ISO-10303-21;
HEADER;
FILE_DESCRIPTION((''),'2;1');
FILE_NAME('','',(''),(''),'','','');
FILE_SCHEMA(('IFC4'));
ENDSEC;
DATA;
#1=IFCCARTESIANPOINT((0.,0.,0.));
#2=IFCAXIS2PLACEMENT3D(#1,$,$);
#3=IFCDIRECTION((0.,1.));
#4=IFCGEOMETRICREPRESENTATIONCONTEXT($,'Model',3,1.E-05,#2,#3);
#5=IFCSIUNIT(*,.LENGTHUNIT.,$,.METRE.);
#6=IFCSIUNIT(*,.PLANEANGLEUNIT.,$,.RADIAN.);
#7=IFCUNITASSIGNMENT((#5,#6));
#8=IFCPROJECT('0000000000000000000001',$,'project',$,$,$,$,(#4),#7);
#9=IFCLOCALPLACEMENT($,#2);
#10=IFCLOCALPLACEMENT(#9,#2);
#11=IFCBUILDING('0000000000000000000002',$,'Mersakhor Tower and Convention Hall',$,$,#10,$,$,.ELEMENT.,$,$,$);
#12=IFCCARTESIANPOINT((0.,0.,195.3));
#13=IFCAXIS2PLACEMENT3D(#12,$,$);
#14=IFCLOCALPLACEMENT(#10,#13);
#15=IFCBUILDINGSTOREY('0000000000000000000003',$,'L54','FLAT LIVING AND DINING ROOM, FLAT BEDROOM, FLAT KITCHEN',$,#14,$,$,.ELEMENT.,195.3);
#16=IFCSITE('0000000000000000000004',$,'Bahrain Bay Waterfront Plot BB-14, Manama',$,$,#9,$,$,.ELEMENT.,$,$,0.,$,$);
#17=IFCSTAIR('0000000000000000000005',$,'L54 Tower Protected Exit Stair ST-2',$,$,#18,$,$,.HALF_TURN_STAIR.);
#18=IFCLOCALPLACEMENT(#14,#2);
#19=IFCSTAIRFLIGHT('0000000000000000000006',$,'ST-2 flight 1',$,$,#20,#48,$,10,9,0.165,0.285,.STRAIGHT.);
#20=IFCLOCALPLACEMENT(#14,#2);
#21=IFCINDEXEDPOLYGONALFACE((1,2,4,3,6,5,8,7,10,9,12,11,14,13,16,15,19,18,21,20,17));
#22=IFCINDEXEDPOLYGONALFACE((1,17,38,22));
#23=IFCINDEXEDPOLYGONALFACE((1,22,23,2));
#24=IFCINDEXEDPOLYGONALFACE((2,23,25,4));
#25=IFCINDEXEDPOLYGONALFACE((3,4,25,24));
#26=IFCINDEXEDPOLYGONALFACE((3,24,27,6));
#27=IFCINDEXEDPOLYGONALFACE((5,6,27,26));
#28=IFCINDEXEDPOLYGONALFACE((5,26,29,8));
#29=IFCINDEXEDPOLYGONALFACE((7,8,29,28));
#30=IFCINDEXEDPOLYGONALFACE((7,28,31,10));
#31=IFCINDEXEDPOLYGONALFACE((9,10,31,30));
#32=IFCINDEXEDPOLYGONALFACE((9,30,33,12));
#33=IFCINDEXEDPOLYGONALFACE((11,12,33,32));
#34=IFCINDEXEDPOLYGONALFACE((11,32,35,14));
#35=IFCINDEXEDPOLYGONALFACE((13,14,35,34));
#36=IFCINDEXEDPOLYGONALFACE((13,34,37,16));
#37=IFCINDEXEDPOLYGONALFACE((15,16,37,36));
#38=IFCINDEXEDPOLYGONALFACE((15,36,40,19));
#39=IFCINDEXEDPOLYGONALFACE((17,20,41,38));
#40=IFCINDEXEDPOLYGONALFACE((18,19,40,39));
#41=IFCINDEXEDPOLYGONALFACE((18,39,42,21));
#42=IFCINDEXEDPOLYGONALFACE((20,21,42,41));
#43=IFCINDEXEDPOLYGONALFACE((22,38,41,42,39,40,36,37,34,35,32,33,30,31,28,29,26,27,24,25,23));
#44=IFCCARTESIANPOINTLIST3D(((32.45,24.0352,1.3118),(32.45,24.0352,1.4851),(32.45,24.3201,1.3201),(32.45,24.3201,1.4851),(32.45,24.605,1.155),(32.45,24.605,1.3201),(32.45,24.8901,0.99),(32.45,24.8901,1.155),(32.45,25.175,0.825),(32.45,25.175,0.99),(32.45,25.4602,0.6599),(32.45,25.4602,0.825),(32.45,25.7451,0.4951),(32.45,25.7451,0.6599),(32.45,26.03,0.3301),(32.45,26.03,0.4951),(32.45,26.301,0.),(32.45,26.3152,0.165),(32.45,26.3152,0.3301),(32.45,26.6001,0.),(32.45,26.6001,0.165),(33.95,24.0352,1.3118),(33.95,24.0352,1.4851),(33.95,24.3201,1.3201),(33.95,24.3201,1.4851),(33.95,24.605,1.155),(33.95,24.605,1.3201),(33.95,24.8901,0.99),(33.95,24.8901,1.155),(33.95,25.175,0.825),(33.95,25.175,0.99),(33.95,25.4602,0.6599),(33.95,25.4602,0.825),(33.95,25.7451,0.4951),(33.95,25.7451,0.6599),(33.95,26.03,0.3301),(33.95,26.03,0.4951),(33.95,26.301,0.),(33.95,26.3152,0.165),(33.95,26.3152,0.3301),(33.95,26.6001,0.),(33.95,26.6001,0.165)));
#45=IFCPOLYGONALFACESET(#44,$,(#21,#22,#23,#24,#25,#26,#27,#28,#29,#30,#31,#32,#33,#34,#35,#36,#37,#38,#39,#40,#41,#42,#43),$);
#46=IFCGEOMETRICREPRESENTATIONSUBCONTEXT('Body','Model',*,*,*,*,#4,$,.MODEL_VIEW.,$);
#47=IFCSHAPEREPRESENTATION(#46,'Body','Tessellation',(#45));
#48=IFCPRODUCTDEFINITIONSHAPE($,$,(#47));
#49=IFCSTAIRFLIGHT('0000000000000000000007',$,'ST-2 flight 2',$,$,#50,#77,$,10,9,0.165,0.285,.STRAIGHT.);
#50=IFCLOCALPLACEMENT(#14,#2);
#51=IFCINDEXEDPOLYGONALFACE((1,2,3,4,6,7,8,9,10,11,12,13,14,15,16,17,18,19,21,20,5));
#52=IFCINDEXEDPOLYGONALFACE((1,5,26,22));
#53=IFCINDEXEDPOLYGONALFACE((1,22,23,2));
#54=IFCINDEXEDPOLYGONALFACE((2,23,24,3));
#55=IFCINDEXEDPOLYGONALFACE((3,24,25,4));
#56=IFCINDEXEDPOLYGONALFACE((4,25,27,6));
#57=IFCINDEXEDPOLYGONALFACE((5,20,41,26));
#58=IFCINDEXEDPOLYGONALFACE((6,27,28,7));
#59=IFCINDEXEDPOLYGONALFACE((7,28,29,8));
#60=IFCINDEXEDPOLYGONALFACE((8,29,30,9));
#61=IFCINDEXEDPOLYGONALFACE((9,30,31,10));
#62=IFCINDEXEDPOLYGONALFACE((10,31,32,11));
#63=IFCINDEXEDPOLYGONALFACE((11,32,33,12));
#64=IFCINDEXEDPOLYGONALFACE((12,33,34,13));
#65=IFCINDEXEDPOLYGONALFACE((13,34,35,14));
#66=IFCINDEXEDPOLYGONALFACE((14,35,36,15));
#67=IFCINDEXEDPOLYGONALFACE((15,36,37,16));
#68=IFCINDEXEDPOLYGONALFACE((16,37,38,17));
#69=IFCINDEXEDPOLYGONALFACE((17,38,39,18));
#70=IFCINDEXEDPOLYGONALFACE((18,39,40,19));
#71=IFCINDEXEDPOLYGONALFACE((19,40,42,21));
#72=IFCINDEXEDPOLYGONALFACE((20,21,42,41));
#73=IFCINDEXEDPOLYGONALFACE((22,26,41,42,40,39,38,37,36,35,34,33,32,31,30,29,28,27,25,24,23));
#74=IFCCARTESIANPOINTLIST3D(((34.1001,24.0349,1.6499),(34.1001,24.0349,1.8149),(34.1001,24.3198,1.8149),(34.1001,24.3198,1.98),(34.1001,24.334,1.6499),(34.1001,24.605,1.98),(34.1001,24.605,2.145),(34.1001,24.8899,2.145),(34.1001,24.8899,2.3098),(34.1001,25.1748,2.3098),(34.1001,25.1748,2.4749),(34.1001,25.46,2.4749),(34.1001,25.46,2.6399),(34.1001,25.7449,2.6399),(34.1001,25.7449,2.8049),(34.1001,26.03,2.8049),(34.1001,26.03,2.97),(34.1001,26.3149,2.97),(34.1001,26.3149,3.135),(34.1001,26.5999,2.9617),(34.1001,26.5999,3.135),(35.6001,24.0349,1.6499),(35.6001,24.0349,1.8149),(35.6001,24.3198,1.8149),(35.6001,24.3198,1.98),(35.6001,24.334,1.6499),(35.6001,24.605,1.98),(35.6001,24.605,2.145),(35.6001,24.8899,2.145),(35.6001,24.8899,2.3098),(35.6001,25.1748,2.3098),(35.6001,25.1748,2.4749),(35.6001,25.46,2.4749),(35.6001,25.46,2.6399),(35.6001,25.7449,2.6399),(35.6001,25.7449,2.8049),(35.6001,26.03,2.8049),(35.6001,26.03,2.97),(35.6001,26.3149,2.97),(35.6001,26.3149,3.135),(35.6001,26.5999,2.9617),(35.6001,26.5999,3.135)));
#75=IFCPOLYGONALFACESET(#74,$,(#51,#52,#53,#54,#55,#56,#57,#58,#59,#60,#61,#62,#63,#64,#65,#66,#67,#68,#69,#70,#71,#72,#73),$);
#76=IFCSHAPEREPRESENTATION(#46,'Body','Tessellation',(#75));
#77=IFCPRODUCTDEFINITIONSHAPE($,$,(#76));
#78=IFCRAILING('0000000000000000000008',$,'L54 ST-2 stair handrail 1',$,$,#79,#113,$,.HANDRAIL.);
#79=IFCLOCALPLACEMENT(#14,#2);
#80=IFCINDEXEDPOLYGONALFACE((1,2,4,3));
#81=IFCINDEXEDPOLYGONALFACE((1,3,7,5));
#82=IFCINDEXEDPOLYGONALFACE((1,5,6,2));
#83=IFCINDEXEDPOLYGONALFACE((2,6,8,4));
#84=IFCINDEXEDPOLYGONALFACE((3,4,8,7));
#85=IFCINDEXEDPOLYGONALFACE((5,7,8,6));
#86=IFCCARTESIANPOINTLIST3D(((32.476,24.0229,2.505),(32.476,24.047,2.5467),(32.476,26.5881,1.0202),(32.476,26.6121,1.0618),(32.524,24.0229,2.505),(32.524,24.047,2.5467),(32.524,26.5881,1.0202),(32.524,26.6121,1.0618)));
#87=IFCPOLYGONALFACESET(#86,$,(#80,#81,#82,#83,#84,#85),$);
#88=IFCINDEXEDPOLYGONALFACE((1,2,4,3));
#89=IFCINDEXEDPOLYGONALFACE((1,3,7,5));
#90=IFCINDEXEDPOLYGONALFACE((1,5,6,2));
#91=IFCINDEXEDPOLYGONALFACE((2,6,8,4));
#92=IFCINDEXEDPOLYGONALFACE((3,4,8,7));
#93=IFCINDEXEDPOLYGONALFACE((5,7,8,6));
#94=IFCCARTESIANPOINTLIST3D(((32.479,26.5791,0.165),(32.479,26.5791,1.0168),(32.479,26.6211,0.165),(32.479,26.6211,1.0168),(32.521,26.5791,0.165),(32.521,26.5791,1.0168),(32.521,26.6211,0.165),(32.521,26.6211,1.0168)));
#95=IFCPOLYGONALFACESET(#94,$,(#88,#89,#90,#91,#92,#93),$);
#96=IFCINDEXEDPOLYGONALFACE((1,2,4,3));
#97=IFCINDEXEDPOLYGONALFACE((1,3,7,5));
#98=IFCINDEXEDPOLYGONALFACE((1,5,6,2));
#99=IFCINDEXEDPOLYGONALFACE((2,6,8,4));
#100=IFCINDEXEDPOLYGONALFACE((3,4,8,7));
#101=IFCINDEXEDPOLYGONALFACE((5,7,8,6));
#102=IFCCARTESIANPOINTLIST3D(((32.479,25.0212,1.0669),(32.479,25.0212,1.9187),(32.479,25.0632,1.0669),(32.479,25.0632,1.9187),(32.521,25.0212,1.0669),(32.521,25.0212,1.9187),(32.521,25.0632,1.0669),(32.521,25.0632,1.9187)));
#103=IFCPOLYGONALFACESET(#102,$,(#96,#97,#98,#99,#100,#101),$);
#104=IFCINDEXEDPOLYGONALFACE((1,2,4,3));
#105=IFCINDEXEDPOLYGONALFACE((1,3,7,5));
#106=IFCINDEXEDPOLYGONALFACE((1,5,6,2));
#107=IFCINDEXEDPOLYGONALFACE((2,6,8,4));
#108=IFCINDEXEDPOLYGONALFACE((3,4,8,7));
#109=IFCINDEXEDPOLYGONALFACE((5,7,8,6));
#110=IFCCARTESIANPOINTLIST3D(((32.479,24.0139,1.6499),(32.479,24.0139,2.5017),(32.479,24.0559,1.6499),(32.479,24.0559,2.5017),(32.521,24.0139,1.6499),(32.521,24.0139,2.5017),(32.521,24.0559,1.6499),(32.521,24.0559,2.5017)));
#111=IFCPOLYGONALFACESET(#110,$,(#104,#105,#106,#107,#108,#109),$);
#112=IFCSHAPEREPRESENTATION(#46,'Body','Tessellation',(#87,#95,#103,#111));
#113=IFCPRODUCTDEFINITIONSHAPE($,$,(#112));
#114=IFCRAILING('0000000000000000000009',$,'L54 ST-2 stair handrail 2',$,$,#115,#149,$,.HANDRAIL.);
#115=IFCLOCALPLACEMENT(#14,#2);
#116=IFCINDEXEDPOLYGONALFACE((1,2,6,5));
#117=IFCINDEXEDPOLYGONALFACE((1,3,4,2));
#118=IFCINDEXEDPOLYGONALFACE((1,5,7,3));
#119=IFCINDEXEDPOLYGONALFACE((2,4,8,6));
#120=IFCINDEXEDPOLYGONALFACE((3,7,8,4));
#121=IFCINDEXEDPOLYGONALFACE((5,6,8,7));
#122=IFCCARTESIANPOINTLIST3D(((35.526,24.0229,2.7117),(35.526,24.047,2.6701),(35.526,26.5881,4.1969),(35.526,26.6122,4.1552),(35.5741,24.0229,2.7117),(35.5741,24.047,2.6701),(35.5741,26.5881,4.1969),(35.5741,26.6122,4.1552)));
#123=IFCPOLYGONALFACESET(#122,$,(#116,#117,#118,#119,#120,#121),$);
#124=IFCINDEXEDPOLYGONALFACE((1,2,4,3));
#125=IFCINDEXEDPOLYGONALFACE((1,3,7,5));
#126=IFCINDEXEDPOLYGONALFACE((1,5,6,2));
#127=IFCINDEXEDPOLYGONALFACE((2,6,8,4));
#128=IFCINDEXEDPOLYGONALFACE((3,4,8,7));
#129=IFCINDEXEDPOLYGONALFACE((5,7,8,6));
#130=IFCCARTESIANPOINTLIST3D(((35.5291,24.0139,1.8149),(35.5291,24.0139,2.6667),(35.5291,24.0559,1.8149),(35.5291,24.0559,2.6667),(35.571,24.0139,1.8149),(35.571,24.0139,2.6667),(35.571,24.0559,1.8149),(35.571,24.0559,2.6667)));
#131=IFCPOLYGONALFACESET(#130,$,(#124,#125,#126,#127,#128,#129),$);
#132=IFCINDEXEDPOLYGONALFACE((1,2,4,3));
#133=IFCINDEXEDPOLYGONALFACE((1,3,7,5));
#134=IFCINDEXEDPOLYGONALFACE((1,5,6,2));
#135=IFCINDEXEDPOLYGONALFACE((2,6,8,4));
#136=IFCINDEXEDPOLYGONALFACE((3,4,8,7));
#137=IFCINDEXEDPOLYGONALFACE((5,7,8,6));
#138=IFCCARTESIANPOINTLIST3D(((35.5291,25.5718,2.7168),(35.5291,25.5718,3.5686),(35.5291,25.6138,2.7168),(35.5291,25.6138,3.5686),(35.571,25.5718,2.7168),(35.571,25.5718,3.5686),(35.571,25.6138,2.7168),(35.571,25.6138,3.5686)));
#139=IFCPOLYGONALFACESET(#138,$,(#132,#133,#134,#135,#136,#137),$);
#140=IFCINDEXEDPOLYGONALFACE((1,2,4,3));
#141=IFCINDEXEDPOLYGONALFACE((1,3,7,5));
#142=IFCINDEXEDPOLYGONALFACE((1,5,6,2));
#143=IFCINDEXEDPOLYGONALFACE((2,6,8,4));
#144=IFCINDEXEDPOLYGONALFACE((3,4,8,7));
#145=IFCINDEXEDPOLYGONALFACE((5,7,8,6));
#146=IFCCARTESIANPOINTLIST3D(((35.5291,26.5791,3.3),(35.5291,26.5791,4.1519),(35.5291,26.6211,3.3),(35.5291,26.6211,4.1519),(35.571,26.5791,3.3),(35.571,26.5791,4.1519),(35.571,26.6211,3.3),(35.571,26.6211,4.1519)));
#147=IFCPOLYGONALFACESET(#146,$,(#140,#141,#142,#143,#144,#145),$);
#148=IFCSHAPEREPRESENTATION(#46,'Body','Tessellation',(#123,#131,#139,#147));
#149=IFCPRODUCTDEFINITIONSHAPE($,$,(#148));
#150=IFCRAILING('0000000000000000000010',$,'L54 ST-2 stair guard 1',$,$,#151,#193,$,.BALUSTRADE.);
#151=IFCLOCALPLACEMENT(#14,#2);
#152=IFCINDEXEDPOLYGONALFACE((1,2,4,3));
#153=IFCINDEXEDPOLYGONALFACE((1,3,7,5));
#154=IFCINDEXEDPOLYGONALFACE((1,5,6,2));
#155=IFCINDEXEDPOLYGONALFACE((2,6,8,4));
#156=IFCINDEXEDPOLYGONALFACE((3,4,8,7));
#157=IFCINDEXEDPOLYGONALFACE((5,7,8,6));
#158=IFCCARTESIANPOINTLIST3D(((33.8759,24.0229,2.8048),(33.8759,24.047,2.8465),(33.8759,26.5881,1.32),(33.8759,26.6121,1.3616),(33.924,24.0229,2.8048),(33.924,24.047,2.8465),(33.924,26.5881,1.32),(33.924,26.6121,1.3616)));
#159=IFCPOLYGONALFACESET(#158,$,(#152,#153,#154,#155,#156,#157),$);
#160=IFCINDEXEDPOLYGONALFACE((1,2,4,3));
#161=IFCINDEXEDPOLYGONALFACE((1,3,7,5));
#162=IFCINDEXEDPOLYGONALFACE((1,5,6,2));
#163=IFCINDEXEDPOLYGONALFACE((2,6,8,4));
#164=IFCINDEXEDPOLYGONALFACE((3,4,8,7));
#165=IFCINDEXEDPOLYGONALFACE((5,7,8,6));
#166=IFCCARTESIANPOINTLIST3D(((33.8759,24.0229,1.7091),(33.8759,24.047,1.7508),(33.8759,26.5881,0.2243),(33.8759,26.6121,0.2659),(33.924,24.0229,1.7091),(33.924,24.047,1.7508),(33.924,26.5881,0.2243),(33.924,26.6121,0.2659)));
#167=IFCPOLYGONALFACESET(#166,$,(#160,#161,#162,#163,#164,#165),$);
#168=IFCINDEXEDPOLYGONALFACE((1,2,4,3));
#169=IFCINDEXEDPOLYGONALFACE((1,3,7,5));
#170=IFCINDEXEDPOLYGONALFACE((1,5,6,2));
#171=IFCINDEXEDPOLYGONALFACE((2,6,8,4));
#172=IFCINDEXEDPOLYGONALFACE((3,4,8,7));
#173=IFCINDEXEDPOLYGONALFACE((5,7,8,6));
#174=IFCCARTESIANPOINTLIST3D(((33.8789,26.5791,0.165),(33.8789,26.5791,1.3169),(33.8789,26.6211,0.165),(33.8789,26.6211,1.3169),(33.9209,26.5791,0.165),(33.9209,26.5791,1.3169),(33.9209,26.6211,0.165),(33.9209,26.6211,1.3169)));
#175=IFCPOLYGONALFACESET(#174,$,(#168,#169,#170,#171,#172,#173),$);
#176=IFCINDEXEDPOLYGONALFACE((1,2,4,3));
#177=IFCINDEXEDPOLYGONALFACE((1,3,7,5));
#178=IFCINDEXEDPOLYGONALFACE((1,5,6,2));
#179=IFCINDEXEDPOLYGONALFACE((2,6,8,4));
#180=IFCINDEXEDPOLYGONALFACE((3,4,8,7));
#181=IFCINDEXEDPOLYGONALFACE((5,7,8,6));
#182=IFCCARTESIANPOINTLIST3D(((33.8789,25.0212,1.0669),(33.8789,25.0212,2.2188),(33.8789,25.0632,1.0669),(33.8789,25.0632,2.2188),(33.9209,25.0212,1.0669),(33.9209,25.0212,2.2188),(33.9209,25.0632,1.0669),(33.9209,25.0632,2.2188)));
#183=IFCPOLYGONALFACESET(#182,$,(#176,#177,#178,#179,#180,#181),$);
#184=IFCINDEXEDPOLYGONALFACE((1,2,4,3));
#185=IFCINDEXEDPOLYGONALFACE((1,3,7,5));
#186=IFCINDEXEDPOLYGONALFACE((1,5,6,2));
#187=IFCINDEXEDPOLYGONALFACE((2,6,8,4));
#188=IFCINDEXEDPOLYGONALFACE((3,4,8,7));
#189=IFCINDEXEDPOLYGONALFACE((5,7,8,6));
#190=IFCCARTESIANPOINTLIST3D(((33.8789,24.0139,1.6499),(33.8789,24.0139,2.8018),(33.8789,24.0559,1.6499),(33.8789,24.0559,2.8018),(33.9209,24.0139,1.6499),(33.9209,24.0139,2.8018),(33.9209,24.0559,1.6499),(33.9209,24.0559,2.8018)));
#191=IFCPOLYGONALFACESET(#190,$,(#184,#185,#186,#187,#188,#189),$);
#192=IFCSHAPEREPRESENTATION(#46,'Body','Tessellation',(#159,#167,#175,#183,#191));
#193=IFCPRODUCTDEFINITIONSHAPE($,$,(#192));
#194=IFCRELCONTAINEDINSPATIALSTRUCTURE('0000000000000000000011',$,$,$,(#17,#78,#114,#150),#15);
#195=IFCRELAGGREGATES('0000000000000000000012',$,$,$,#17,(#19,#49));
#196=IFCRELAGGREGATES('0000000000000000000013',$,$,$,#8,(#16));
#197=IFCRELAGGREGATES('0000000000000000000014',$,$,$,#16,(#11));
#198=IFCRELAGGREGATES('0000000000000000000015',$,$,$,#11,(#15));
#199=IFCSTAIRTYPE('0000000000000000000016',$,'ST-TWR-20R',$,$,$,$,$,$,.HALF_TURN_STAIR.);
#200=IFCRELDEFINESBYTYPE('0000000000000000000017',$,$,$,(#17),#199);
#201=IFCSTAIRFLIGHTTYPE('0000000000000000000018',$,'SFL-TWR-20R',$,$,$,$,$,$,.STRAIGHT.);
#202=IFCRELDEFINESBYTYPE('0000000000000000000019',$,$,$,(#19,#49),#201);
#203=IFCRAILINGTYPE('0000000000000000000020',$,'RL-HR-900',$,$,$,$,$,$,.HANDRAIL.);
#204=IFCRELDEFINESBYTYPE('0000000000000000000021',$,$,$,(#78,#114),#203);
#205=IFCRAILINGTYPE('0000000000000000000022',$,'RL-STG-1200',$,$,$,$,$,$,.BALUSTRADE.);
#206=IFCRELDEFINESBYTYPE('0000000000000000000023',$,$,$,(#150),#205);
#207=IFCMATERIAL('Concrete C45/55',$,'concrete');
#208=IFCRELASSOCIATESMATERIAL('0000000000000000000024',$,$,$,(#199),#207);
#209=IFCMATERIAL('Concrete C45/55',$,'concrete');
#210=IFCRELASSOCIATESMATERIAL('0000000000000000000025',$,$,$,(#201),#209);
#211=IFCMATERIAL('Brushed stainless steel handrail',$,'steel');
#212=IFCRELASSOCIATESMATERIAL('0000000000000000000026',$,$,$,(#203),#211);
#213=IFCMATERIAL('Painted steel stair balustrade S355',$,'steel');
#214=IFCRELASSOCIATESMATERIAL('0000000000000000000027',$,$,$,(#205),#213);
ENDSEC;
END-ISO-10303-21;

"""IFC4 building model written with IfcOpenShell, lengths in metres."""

from ifc_helpers import new_model, si_unit, direction, frame, origin, origin_2d, place, context, subcontext, project, spatial, polyline, rectangle, outline, extrude, material, type_object, element, aggregate, save


model = new_model("IFC4")

# Units and contexts
model_context = context("Model", 3, precision=1e-05, world=origin(), true_north=direction((0.0, 1.0)))
body_context = subcontext(model_context, "Body", "Model", "MODEL_VIEW")
ifc_project = project(units=[si_unit("LENGTHUNIT", "METRE"), si_unit("PLANEANGLEUNIT", "RADIAN")], contexts=[model_context])

# Site, building, storey
site_placement = place(None, origin())
site = spatial("IfcSite", under=ifc_project, at=site_placement, Name="Bahrain Bay Waterfront Plot BB-14, Manama", CompositionType="ELEMENT", RefElevation=0.0)
building_placement = place(site_placement, origin())
building = spatial("IfcBuilding", under=site, at=building_placement, Name="Mersakhor Tower and Convention Hall", CompositionType="ELEMENT")
storey_placement = place(building_placement, frame((0.0, 0.0, 195.3)))
storey = spatial("IfcBuildingStorey", under=building, at=storey_placement, Name="L54", Description="FLAT LIVING AND DINING ROOM, FLAT BEDROOM, FLAT KITCHEN", CompositionType="ELEMENT", Elevation=195.3)

# Stair, stair flights
ifc_material_1 = material(Name="Concrete C45/55", Category="concrete")
stair_type = type_object("IfcStairType", Name="ST-TWR-20R", PredefinedType="HALF_TURN_STAIR", material=ifc_material_1)
stair_placement = place(storey_placement, origin())
stair = element("IfcStair", 1, at=stair_placement, inside=storey, type_object=stair_type, Name="L54 Tower Protected Exit Stair ST-2", PredefinedType="HALF_TURN_STAIR")
ifc_material_2 = material(Name="Concrete C45/55", Category="concrete")
stair_flight_type = type_object("IfcStairFlightType", Name="SFL-TWR-20R", PredefinedType="STRAIGHT", material=ifc_material_2)
stair_flight_1_placement = place(storey_placement, frame((33.2, 26.6001, 0.0), z_axis=(0.0, 0.0, 1.0), x_axis=(0.0, -1.0, 0.0)))
stair_flight_1 = element("IfcStairFlight", 2, at=stair_flight_1_placement, type_object=stair_flight_type, Name="ST-2 flight 1", NumberOfRisers=10, NumberOfTreads=9, PredefinedType="STRAIGHT", RiserHeight=0.165, TreadLength=0.285, context=body_context, shape_type="SweptSolid", body=[
    extrude(outline(polyline([(0.0, 0.0), (0.0, 0.165), (0.2849, 0.165), (0.2849, 0.3301), (0.5701, 0.3301), (0.5701, 0.4951), (0.855, 0.4951), (0.855, 0.6599), (1.1399, 0.6599), (1.1399, 0.825), (1.425, 0.825), (1.425, 0.99), (1.71, 0.99), (1.71, 1.155), (1.9951, 1.155), (1.9951, 1.3201), (2.28, 1.3201), (2.28, 1.4851), (2.5649, 1.4851), (2.5649, 1.6499), (2.5649, 1.3118), (0.2991, 0.0), (0.0, 0.0)])), frame((0.0, 0.75, 0.0), z_axis=(0.0, -1.0, 0.0), x_axis=(1.0, 0.0, 0.0)), (0.0, 0.0, 1.0), 1.5),
])
stair_flight_2_placement = place(storey_placement, frame((34.8501, 24.0349, 1.6499), z_axis=(0.0, 0.0, 1.0), x_axis=(0.0, 1.0, 0.0)))
stair_flight_2 = element("IfcStairFlight", 3, at=stair_flight_2_placement, type_object=stair_flight_type, Name="ST-2 flight 2", NumberOfRisers=10, NumberOfTreads=9, PredefinedType="STRAIGHT", RiserHeight=0.165, TreadLength=0.285, context=body_context, shape_type="SweptSolid", body=[
    extrude(outline(polyline([(0.0, 0.0), (0.0, 0.165), (0.2849, 0.165), (0.2849, 0.3301), (0.5701, 0.3301), (0.5701, 0.4951), (0.855, 0.4951), (0.855, 0.6599), (1.1399, 0.6599), (1.1399, 0.825), (1.425, 0.825), (1.425, 0.99), (1.71, 0.99), (1.71, 1.155), (1.9951, 1.155), (1.9951, 1.3201), (2.28, 1.3201), (2.28, 1.4851), (2.5649, 1.4851), (2.5649, 1.6499), (2.5649, 1.3118), (0.2991, 0.0), (0.0, 0.0)])), frame((0.0, 0.75, 0.0), z_axis=(0.0, -1.0, 0.0), x_axis=(1.0, 0.0, 0.0)), (0.0, 0.0, 1.0), 1.5),
])
aggregate(stair, [stair_flight_1, stair_flight_2])

# Railings
ifc_material_3 = material(Name="Brushed stainless steel handrail", Category="steel")
railing_type_1 = type_object("IfcRailingType", Name="RL-HR-900", PredefinedType="HANDRAIL", material=ifc_material_3)
railing_1_placement = place(storey_placement, frame((32.5, 26.6001, 0.165)))
element("IfcRailing", 4, at=railing_1_placement, inside=storey, type_object=railing_type_1, Name="L54 ST-2 stair handrail 1", PredefinedType="HANDRAIL", context=body_context, shape_type="SweptSolid", body=[
    extrude(rectangle(XDim=0.0481, YDim=0.0481, at=origin_2d()), frame((0.0, 0.0, 0.876), z_axis=(0.0, -0.865462, 0.500975), x_axis=(1.0, 0.0, 0.0)), (0.0, 0.0, 1.0), 2.9639),
    extrude(rectangle(XDim=0.042, YDim=0.042, at=origin_2d()), origin(), (0.0, 0.0, 1.0), 0.8518),
    extrude(rectangle(XDim=0.042, YDim=0.042, at=origin_2d()), frame((0.0, -1.5579, 0.9019)), (0.0, 0.0, 1.0), 0.8518),
    extrude(rectangle(XDim=0.042, YDim=0.042, at=origin_2d()), frame((0.0, -2.5652, 1.4849)), (0.0, 0.0, 1.0), 0.8518),
])
railing_2_placement = place(storey_placement, frame((35.55, 24.0349, 1.8149)))
element("IfcRailing", 5, at=railing_2_placement, inside=storey, type_object=railing_type_1, Name="L54 ST-2 stair handrail 2", PredefinedType="HANDRAIL", context=body_context, shape_type="SweptSolid", body=[
    extrude(rectangle(XDim=0.0481, YDim=0.0481, at=origin_2d()), frame((0.0, 0.0, 0.876), z_axis=(0.0, 0.865426, 0.501036), x_axis=(-1.0, 0.0, 0.0)), (0.0, 0.0, 1.0), 2.9641),
    extrude(rectangle(XDim=0.042, YDim=0.042, at=origin_2d()), origin(), (0.0, 0.0, 1.0), 0.8518),
    extrude(rectangle(XDim=0.042, YDim=0.042, at=origin_2d()), frame((0.0, 1.5579, 0.9019)), (0.0, 0.0, 1.0), 0.8518),
    extrude(rectangle(XDim=0.042, YDim=0.042, at=origin_2d()), frame((0.0, 2.5652, 1.4851)), (0.0, 0.0, 1.0), 0.8518),
])
ifc_material_4 = material(Name="Painted steel stair balustrade S355", Category="steel")
railing_type_2 = type_object("IfcRailingType", Name="RL-STG-1200", PredefinedType="BALUSTRADE", material=ifc_material_4)
railing_3_placement = place(storey_placement, frame((33.8999, 26.6001, 0.165)))
element("IfcRailing", 6, at=railing_3_placement, inside=storey, type_object=railing_type_2, Name="L54 ST-2 stair guard 1", PredefinedType="BALUSTRADE", context=body_context, shape_type="SweptSolid", body=[
    extrude(rectangle(XDim=0.0481, YDim=0.0481, at=origin_2d()), frame((0.0, 0.0, 1.1758), z_axis=(0.0, -0.865462, 0.500975), x_axis=(1.0, 0.0, 0.0)), (0.0, 0.0, 1.0), 2.9639),
    extrude(rectangle(XDim=0.0481, YDim=0.0481, at=origin_2d()), frame((0.0, 0.0, 0.0801), z_axis=(0.0, -0.865462, 0.500975), x_axis=(1.0, 0.0, 0.0)), (0.0, 0.0, 1.0), 2.9639),
    extrude(rectangle(XDim=0.042, YDim=0.042, at=origin_2d()), origin(), (0.0, 0.0, 1.0), 1.1519),
    extrude(rectangle(XDim=0.042, YDim=0.042, at=origin_2d()), frame((0.0, -1.5579, 0.9019)), (0.0, 0.0, 1.0), 1.1519),
    extrude(rectangle(XDim=0.042, YDim=0.042, at=origin_2d()), frame((0.0, -2.5652, 1.4849)), (0.0, 0.0, 1.0), 1.1519),
])

save(model, "model.ifc")
